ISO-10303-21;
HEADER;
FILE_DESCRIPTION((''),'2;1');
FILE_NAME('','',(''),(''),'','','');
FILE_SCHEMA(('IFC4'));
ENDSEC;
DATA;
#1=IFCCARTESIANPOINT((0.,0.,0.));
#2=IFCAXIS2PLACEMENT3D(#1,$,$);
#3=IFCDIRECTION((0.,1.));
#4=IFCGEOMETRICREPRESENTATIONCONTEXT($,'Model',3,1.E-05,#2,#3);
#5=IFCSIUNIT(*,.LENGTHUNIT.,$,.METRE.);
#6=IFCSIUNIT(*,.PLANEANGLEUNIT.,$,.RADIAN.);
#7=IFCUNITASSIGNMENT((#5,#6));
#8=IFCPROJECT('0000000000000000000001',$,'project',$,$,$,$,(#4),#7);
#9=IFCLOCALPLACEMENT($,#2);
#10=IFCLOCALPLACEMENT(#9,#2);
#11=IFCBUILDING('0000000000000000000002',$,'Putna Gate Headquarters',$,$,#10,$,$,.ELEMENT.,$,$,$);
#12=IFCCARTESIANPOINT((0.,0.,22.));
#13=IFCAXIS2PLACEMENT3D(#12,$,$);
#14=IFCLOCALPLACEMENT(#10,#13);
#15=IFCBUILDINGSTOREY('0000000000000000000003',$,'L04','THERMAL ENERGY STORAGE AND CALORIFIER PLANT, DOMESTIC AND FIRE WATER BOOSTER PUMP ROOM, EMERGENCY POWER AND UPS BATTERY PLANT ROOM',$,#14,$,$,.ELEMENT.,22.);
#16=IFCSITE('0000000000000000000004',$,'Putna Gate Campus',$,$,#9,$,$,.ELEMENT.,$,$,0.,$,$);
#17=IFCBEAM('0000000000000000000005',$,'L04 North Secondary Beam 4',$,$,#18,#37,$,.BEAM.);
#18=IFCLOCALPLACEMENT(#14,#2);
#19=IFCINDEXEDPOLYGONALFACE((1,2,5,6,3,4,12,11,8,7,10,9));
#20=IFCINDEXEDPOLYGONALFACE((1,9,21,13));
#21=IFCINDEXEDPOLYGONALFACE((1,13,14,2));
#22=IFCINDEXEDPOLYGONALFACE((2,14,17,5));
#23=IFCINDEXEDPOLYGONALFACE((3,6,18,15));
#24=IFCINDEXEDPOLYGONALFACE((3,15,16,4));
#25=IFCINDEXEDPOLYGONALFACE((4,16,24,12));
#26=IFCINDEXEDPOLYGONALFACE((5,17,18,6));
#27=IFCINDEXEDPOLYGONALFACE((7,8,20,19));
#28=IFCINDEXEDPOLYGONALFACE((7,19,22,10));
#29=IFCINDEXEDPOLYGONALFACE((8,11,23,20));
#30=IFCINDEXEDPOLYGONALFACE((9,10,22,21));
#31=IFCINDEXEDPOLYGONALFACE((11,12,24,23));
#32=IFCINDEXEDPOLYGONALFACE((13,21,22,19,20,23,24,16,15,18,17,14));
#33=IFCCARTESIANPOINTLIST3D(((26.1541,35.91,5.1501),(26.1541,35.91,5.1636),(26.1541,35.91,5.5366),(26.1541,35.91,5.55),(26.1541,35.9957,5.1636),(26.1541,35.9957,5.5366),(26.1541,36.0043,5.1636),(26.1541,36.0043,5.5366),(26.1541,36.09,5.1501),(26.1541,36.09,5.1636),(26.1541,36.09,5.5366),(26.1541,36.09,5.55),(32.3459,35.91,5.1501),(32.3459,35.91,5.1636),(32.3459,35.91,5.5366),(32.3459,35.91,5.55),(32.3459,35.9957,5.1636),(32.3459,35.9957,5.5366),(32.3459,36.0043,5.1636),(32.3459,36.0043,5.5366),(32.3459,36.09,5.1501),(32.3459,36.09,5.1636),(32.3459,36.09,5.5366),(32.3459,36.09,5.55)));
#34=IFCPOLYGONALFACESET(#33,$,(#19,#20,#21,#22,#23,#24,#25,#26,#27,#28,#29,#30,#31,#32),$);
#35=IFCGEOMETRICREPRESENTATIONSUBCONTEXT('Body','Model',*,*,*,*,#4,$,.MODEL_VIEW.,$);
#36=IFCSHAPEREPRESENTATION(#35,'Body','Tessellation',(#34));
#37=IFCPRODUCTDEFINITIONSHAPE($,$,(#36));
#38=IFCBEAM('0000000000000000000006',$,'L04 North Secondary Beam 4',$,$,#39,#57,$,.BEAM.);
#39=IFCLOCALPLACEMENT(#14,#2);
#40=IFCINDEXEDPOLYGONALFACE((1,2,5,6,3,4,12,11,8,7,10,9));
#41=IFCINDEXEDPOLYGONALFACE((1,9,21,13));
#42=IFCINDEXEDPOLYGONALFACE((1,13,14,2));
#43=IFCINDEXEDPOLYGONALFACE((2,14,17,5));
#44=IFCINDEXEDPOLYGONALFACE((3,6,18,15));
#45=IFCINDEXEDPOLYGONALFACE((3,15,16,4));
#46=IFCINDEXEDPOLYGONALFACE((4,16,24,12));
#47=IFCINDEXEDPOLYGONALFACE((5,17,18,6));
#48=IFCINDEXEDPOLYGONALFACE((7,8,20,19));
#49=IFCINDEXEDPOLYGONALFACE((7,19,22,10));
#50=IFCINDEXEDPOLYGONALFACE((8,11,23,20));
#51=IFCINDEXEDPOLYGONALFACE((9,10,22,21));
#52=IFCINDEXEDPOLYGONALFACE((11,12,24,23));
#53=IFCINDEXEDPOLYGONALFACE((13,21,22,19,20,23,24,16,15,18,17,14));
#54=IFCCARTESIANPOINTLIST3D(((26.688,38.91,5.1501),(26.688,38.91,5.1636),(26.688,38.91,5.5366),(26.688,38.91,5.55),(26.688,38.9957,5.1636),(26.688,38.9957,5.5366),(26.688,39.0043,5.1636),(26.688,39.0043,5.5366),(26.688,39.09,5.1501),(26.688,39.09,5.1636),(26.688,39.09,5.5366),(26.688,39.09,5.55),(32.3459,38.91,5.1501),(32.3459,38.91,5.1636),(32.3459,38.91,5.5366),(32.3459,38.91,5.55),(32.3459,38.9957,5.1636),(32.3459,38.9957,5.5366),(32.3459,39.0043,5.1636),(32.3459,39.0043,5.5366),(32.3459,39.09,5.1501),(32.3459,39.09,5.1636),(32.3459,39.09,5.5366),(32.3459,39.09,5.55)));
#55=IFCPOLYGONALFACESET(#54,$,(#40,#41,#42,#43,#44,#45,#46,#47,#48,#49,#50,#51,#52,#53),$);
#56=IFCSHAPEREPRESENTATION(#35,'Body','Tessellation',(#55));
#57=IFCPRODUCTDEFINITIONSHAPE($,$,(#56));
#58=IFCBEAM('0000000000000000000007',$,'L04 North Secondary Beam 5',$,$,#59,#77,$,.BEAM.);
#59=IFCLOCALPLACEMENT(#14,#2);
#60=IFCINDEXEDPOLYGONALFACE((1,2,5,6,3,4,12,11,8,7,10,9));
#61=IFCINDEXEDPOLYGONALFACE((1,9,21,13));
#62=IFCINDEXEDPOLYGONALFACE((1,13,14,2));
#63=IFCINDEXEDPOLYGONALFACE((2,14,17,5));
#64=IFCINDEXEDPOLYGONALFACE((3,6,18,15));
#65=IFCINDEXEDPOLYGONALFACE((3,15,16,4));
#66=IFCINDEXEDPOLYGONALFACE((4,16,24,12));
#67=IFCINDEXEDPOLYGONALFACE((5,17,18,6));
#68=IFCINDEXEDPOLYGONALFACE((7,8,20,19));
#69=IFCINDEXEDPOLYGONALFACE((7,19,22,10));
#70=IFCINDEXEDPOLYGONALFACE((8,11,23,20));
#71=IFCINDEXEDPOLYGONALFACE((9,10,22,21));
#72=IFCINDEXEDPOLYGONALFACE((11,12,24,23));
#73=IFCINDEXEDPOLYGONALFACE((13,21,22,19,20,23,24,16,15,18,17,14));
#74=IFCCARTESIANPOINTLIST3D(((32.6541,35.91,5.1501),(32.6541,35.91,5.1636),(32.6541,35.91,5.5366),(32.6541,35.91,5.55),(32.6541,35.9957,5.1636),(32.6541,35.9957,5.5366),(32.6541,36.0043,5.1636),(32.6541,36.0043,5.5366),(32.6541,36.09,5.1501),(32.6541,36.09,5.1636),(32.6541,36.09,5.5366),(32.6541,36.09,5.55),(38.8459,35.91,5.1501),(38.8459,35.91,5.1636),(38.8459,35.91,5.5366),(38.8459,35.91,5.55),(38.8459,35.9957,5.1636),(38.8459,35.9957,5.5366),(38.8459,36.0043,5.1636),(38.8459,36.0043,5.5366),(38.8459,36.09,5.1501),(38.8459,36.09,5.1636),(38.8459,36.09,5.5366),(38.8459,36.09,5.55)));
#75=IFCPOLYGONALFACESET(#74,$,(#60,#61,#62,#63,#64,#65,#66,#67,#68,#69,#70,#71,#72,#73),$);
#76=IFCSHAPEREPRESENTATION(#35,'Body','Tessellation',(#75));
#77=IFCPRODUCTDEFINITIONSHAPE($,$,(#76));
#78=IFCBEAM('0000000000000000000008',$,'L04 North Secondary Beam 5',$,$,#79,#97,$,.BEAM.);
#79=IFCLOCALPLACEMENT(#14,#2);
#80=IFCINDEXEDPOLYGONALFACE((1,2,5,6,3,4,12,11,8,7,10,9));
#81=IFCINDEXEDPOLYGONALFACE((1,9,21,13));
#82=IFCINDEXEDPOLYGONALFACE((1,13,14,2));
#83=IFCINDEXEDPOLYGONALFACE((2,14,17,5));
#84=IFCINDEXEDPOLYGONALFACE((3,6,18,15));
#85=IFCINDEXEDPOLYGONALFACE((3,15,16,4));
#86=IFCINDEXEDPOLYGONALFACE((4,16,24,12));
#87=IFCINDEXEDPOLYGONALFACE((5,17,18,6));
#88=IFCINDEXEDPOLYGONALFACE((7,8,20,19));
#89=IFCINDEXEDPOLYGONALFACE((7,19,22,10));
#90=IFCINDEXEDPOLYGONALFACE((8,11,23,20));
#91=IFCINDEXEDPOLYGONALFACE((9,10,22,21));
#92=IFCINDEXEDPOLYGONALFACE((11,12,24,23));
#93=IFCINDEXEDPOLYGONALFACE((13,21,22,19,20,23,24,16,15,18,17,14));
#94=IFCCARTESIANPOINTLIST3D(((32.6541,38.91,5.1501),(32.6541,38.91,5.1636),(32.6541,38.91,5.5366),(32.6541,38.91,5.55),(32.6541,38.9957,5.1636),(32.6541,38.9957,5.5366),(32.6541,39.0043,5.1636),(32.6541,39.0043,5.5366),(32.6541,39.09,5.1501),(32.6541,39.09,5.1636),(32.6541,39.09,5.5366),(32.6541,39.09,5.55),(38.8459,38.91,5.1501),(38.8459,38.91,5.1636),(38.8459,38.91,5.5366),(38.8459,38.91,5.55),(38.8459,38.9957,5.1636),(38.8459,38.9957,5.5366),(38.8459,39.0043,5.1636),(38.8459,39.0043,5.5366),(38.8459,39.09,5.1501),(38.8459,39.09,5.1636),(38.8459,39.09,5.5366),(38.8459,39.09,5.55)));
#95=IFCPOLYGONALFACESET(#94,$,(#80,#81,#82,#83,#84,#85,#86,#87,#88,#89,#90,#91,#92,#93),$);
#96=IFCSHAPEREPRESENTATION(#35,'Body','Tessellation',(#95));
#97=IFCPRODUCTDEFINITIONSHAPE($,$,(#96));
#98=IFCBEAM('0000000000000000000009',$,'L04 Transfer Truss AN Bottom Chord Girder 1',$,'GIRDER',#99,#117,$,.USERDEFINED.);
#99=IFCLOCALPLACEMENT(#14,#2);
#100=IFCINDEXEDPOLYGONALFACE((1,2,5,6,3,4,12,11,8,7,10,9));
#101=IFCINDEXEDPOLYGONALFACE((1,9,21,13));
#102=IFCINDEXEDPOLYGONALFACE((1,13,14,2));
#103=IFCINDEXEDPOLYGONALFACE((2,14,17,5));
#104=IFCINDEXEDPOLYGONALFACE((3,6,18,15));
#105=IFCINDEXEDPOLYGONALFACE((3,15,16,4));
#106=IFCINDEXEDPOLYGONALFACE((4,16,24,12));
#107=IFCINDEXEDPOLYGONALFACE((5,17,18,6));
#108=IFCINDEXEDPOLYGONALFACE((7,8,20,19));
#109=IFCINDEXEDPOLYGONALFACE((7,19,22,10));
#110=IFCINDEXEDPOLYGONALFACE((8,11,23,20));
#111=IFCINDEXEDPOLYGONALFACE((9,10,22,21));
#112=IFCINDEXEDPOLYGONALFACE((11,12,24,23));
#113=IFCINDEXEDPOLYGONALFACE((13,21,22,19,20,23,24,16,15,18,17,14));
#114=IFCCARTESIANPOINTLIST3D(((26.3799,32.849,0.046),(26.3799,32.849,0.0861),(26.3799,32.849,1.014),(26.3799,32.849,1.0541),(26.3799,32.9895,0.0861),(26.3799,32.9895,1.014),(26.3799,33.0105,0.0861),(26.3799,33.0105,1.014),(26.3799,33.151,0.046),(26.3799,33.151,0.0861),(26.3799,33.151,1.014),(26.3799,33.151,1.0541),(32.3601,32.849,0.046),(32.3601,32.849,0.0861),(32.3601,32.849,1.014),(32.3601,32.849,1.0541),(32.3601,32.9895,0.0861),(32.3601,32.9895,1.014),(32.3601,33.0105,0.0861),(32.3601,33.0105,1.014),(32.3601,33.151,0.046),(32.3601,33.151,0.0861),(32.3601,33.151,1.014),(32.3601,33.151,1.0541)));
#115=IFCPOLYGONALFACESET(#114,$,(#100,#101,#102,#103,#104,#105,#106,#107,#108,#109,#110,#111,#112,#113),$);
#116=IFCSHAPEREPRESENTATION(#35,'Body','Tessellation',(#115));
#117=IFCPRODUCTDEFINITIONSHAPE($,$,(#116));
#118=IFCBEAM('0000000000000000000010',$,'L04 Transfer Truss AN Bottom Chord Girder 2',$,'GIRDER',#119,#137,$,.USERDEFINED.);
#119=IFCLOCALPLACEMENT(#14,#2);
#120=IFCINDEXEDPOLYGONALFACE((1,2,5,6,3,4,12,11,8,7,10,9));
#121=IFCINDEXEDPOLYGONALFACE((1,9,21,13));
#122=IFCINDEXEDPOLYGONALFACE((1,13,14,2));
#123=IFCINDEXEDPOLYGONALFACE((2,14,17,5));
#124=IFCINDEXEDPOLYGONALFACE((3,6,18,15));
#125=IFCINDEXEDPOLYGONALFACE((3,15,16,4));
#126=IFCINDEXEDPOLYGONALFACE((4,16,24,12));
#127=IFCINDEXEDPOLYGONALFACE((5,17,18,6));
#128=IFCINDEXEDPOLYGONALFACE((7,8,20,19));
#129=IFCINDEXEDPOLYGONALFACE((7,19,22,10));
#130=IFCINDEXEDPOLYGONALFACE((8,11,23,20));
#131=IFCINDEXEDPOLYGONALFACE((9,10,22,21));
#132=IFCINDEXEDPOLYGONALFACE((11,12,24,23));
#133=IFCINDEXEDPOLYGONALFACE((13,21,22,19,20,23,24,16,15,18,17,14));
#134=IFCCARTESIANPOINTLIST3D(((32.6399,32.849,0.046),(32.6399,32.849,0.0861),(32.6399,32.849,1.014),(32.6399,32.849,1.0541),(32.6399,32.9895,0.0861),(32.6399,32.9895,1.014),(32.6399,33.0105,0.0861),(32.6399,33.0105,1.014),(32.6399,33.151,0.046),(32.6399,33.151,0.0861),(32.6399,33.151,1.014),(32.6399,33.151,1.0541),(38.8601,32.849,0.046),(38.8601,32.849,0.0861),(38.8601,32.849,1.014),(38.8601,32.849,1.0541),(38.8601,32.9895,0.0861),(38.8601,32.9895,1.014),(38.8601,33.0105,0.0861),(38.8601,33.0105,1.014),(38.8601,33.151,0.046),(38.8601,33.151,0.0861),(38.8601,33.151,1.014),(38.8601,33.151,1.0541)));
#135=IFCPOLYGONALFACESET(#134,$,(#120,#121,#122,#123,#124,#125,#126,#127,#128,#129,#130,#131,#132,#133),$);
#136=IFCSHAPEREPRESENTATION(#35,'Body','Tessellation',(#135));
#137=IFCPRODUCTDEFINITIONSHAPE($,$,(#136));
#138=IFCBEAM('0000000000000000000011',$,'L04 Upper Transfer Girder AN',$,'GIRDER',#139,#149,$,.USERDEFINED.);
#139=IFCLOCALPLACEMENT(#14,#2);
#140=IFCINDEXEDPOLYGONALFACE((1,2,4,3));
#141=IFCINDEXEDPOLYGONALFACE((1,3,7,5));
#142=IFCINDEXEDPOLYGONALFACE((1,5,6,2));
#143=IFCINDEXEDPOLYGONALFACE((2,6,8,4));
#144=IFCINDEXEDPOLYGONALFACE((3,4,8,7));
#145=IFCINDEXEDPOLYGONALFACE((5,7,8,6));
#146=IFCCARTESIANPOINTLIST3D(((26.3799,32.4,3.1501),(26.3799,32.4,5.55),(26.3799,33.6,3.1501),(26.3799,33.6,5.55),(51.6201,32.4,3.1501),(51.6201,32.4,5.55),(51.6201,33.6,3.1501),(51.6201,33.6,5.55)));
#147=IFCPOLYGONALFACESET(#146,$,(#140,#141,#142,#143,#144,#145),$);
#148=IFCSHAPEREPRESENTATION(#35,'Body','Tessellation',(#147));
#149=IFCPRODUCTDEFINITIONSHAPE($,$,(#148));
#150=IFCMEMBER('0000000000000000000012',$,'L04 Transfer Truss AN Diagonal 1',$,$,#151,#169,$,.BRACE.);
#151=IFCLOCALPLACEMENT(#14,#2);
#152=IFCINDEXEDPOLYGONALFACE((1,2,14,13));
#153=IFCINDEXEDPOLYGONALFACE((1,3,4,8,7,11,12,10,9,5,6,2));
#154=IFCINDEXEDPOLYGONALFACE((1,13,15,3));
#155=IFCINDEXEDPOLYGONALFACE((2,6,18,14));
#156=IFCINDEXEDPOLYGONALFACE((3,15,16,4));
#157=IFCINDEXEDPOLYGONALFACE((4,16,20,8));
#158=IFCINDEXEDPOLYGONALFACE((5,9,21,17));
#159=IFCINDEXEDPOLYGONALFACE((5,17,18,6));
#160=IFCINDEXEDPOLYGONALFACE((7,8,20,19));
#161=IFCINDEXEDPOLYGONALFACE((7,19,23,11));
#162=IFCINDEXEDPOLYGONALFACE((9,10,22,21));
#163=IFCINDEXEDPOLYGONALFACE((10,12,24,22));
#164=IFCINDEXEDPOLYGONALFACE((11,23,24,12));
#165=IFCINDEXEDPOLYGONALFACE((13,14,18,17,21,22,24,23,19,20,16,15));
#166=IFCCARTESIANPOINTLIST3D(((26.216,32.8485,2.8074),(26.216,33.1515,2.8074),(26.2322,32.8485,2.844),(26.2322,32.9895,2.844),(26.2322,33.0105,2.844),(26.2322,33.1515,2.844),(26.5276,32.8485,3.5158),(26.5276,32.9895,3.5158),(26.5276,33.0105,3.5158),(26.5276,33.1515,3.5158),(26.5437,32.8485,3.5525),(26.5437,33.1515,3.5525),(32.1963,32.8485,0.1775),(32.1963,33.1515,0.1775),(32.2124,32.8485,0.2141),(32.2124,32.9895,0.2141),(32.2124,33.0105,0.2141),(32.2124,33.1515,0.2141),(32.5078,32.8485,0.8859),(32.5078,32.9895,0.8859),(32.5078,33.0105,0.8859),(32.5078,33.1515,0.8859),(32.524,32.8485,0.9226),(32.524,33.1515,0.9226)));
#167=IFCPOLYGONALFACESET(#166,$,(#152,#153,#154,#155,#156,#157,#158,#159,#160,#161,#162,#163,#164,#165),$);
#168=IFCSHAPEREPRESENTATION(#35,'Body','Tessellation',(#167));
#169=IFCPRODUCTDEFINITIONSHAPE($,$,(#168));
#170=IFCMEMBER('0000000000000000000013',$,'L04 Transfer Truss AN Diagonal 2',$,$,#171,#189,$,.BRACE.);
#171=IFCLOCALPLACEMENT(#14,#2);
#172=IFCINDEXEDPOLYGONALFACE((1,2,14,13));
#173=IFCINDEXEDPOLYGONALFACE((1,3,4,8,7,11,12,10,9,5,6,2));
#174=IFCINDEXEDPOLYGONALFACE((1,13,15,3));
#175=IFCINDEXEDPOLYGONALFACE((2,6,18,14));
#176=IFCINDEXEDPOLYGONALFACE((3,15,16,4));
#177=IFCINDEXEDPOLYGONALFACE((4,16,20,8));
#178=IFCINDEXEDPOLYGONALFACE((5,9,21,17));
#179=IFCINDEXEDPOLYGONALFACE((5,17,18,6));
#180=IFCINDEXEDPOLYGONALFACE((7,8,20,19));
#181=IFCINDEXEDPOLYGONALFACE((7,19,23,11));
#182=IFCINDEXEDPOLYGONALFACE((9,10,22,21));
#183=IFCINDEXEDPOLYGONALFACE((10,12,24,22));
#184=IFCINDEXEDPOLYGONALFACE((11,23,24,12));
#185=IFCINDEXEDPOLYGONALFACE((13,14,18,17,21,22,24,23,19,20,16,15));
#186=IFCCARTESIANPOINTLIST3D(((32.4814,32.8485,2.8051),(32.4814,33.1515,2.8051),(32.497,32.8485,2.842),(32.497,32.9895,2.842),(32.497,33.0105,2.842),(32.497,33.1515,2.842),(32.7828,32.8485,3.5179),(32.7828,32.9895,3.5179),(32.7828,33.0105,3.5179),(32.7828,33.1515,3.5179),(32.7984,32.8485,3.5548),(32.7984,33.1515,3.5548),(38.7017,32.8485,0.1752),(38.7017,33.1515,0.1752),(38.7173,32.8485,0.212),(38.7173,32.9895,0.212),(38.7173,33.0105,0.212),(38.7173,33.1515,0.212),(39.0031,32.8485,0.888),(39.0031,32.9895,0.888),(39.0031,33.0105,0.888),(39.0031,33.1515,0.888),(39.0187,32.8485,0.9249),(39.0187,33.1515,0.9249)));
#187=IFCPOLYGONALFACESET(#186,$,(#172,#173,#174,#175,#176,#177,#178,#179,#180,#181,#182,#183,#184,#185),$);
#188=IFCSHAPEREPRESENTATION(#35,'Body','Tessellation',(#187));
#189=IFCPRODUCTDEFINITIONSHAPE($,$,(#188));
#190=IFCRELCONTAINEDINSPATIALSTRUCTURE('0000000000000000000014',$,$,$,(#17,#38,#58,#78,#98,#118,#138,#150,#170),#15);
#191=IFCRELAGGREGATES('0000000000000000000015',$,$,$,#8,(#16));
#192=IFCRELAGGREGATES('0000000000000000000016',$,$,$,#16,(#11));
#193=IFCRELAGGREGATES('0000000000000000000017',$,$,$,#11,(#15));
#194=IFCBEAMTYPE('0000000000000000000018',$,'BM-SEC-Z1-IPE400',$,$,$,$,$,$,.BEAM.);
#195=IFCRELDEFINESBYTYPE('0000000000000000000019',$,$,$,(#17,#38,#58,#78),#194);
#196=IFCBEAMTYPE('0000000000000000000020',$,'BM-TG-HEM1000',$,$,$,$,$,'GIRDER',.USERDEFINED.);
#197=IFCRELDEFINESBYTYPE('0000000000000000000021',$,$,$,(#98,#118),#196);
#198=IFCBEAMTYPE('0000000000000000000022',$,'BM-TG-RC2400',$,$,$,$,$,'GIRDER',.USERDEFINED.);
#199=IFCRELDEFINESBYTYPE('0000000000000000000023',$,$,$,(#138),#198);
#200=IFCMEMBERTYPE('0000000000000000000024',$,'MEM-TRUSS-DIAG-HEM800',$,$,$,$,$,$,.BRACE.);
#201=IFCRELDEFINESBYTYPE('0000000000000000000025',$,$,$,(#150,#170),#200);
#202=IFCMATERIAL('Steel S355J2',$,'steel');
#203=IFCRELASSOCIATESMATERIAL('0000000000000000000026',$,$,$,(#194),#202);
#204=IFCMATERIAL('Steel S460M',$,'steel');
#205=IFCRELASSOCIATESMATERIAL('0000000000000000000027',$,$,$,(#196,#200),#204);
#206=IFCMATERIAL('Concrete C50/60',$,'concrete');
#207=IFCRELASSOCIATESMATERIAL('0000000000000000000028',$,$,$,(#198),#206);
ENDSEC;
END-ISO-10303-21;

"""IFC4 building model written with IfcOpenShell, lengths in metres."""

from ifc_helpers import new_model, si_unit, direction, frame, origin, origin_2d, place, context, subcontext, project, spatial, rectangle, i_section, extrude, material, material_profile, profile_set, type_object, element, save


model = new_model("IFC4")

# Units and contexts
model_context = context("Model", 3, precision=1e-05, world=origin(), true_north=direction((0.0, 1.0)))
body_context = subcontext(model_context, "Body", "Model", "MODEL_VIEW")
ifc_project = project(units=[si_unit("LENGTHUNIT", "METRE"), si_unit("PLANEANGLEUNIT", "RADIAN")], contexts=[model_context])

# Site, building, storey
site_placement = place(None, origin())
site = spatial("IfcSite", under=ifc_project, at=site_placement, Name="Putna Gate Campus", CompositionType="ELEMENT", RefElevation=0.0)
building_placement = place(site_placement, origin())
building = spatial("IfcBuilding", under=site, at=building_placement, Name="Putna Gate Headquarters", CompositionType="ELEMENT")
storey_placement = place(building_placement, frame((0.0, 0.0, 22.0)))
storey = spatial("IfcBuildingStorey", under=building, at=storey_placement, Name="L04", Description="THERMAL ENERGY STORAGE AND CALORIFIER PLANT, DOMESTIC AND FIRE WATER BOOSTER PUMP ROOM, EMERGENCY POWER AND UPS BATTERY PLANT ROOM", CompositionType="ELEMENT", Elevation=22.0)

# Shared definitions
ifc_material_1 = material(Name="Steel S460M", Category="steel")

# Beams
ifc_material_2 = material(Name="Steel S355J2", Category="steel")
ifc_material_profile_1 = material_profile(ifc_material_2, i_section(OverallWidth=0.1799, OverallDepth=0.3999, WebThickness=0.0085, FlangeThickness=0.0134, at=origin_2d()), Name="Steel S355J2")
ifc_profile_set_1 = profile_set([ifc_material_profile_1], Name="Steel S355J2")
beam_type_1 = type_object("IfcBeamType", Name="BM-SEC-Z1-IPE400", PredefinedType="BEAM", material=ifc_profile_set_1)
beam_1_placement = place(storey_placement, frame((26.1541, 36.0, 5.3501), z_axis=(1.0, 0.0, 0.0), x_axis=(0.0, 1.0, 0.0)))
element("IfcBeam", 1, at=beam_1_placement, inside=storey, type_object=beam_type_1, Name="L04 North Secondary Beam 4", PredefinedType="BEAM", context=body_context, shape_type="SweptSolid", body=[
    extrude(i_section(OverallWidth=0.1799, OverallDepth=0.3999, WebThickness=0.0085, FlangeThickness=0.0134, at=origin_2d()), origin(), (0.0, 0.0, 1.0), 6.1919),
])
beam_2_placement = place(storey_placement, frame((26.688, 39.0, 5.3501), z_axis=(1.0, 0.0, 0.0), x_axis=(0.0, 1.0, 0.0)))
element("IfcBeam", 2, at=beam_2_placement, inside=storey, type_object=beam_type_1, Name="L04 North Secondary Beam 4", PredefinedType="BEAM", context=body_context, shape_type="SweptSolid", body=[
    extrude(i_section(OverallWidth=0.1799, OverallDepth=0.3999, WebThickness=0.0085, FlangeThickness=0.0134, at=origin_2d()), origin(), (0.0, 0.0, 1.0), 5.658),
])
for number, where, z_axis, x_axis, name in (
    (3, (32.6541, 36.0, 5.3501), (1.0, 0.0, 0.0), (0.0, 1.0, 0.0), "L04 North Secondary Beam 5"),
    (4, (32.6541, 39.0, 5.3501), (1.0, 0.0, 0.0), (0.0, 1.0, 0.0), "L04 North Secondary Beam 5"),
):
    element("IfcBeam", number, at=place(storey_placement, frame(where, z_axis=z_axis, x_axis=x_axis)), inside=storey, type_object=beam_type_1, Name=name, PredefinedType="BEAM", context=body_context, shape_type="SweptSolid", body=[
        extrude(i_section(OverallWidth=0.1799, OverallDepth=0.3999, WebThickness=0.0085, FlangeThickness=0.0134, at=origin_2d()), origin(), (0.0, 0.0, 1.0), 6.1919),
    ])
ifc_material_profile_2 = material_profile(ifc_material_1, i_section(OverallWidth=0.302, OverallDepth=1.0081, WebThickness=0.021, FlangeThickness=0.04, at=origin_2d()), Name="Steel S460M")
ifc_profile_set_2 = profile_set([ifc_material_profile_2], Name="Steel S460M")
beam_type_2 = type_object("IfcBeamType", Name="BM-TG-HEM1000", ElementType="GIRDER", PredefinedType="USERDEFINED", material=ifc_profile_set_2)
beam_3_placement = place(storey_placement, frame((26.3799, 33.0, 0.55), z_axis=(1.0, 0.0, 0.0), x_axis=(0.0, 1.0, 0.0)))
element("IfcBeam", 5, at=beam_3_placement, inside=storey, type_object=beam_type_2, Name="L04 Transfer Truss AN Bottom Chord Girder 1", ObjectType="GIRDER", PredefinedType="USERDEFINED", context=body_context, shape_type="SweptSolid", body=[
    extrude(i_section(OverallWidth=0.302, OverallDepth=1.0081, WebThickness=0.021, FlangeThickness=0.04, at=origin_2d()), origin(), (0.0, 0.0, 1.0), 5.9802),
])
beam_4_placement = place(storey_placement, frame((32.6399, 33.0, 0.55), z_axis=(1.0, 0.0, 0.0), x_axis=(0.0, 1.0, 0.0)))
element("IfcBeam", 6, at=beam_4_placement, inside=storey, type_object=beam_type_2, Name="L04 Transfer Truss AN Bottom Chord Girder 2", ObjectType="GIRDER", PredefinedType="USERDEFINED", context=body_context, shape_type="SweptSolid", body=[
    extrude(i_section(OverallWidth=0.302, OverallDepth=1.0081, WebThickness=0.021, FlangeThickness=0.04, at=origin_2d()), origin(), (0.0, 0.0, 1.0), 6.2202),
])
ifc_material_3 = material(Name="Concrete C50/60", Category="concrete")
ifc_material_profile_3 = material_profile(ifc_material_3, rectangle(XDim=1.2, YDim=2.3999, at=origin_2d()), Name="Concrete C50/60")
ifc_profile_set_3 = profile_set([ifc_material_profile_3], Name="Concrete C50/60")
beam_type_3 = type_object("IfcBeamType", Name="BM-TG-RC2400", ElementType="GIRDER", PredefinedType="USERDEFINED", material=ifc_profile_set_3)
beam_5_placement = place(storey_placement, frame((26.3799, 33.0, 4.3501), z_axis=(1.0, 0.0, 0.0), x_axis=(0.0, 1.0, 0.0)))
element("IfcBeam", 7, at=beam_5_placement, inside=storey, type_object=beam_type_3, Name="L04 Upper Transfer Girder AN", ObjectType="GIRDER", PredefinedType="USERDEFINED", context=body_context, shape_type="SweptSolid", body=[
    extrude(rectangle(XDim=1.2, YDim=2.3999, at=origin_2d()), origin(), (0.0, 0.0, 1.0), 25.2402),
])

# Members
ifc_material_profile_4 = material_profile(ifc_material_1, i_section(OverallWidth=0.303, OverallDepth=0.814, WebThickness=0.021, FlangeThickness=0.04, at=origin_2d()), Name="Steel S460M")
ifc_profile_set_4 = profile_set([ifc_material_profile_4], Name="Steel S460M")
member_type = type_object("IfcMemberType", Name="MEM-TRUSS-DIAG-HEM800", PredefinedType="BRACE", material=ifc_profile_set_4)
member_1_placement = place(storey_placement, frame((26.3799, 33.0, 3.1799), z_axis=(0.915395, 0.0, -0.402557), x_axis=(0.0, 1.0, 0.0)))
element("IfcMember", 8, at=member_1_placement, inside=storey, type_object=member_type, Name="L04 Transfer Truss AN Diagonal 1", PredefinedType="BRACE", context=body_context, shape_type="SweptSolid", body=[
    extrude(i_section(OverallWidth=0.303, OverallDepth=0.814, WebThickness=0.021, FlangeThickness=0.04, at=origin_2d()), origin(), (0.0, 0.0, 1.0), 6.533),
])
member_2_placement = place(storey_placement, frame((32.6399, 33.0, 3.1799), z_axis=(0.92106, 0.0, -0.389421), x_axis=(0.0, 1.0, 0.0)))
element("IfcMember", 9, at=member_2_placement, inside=storey, type_object=member_type, Name="L04 Transfer Truss AN Diagonal 2", PredefinedType="BRACE", context=body_context, shape_type="SweptSolid", body=[
    extrude(i_section(OverallWidth=0.303, OverallDepth=0.814, WebThickness=0.021, FlangeThickness=0.04, at=origin_2d()), origin(), (0.0, 0.0, 1.0), 6.7534),
])

save(model, "model.ifc")
